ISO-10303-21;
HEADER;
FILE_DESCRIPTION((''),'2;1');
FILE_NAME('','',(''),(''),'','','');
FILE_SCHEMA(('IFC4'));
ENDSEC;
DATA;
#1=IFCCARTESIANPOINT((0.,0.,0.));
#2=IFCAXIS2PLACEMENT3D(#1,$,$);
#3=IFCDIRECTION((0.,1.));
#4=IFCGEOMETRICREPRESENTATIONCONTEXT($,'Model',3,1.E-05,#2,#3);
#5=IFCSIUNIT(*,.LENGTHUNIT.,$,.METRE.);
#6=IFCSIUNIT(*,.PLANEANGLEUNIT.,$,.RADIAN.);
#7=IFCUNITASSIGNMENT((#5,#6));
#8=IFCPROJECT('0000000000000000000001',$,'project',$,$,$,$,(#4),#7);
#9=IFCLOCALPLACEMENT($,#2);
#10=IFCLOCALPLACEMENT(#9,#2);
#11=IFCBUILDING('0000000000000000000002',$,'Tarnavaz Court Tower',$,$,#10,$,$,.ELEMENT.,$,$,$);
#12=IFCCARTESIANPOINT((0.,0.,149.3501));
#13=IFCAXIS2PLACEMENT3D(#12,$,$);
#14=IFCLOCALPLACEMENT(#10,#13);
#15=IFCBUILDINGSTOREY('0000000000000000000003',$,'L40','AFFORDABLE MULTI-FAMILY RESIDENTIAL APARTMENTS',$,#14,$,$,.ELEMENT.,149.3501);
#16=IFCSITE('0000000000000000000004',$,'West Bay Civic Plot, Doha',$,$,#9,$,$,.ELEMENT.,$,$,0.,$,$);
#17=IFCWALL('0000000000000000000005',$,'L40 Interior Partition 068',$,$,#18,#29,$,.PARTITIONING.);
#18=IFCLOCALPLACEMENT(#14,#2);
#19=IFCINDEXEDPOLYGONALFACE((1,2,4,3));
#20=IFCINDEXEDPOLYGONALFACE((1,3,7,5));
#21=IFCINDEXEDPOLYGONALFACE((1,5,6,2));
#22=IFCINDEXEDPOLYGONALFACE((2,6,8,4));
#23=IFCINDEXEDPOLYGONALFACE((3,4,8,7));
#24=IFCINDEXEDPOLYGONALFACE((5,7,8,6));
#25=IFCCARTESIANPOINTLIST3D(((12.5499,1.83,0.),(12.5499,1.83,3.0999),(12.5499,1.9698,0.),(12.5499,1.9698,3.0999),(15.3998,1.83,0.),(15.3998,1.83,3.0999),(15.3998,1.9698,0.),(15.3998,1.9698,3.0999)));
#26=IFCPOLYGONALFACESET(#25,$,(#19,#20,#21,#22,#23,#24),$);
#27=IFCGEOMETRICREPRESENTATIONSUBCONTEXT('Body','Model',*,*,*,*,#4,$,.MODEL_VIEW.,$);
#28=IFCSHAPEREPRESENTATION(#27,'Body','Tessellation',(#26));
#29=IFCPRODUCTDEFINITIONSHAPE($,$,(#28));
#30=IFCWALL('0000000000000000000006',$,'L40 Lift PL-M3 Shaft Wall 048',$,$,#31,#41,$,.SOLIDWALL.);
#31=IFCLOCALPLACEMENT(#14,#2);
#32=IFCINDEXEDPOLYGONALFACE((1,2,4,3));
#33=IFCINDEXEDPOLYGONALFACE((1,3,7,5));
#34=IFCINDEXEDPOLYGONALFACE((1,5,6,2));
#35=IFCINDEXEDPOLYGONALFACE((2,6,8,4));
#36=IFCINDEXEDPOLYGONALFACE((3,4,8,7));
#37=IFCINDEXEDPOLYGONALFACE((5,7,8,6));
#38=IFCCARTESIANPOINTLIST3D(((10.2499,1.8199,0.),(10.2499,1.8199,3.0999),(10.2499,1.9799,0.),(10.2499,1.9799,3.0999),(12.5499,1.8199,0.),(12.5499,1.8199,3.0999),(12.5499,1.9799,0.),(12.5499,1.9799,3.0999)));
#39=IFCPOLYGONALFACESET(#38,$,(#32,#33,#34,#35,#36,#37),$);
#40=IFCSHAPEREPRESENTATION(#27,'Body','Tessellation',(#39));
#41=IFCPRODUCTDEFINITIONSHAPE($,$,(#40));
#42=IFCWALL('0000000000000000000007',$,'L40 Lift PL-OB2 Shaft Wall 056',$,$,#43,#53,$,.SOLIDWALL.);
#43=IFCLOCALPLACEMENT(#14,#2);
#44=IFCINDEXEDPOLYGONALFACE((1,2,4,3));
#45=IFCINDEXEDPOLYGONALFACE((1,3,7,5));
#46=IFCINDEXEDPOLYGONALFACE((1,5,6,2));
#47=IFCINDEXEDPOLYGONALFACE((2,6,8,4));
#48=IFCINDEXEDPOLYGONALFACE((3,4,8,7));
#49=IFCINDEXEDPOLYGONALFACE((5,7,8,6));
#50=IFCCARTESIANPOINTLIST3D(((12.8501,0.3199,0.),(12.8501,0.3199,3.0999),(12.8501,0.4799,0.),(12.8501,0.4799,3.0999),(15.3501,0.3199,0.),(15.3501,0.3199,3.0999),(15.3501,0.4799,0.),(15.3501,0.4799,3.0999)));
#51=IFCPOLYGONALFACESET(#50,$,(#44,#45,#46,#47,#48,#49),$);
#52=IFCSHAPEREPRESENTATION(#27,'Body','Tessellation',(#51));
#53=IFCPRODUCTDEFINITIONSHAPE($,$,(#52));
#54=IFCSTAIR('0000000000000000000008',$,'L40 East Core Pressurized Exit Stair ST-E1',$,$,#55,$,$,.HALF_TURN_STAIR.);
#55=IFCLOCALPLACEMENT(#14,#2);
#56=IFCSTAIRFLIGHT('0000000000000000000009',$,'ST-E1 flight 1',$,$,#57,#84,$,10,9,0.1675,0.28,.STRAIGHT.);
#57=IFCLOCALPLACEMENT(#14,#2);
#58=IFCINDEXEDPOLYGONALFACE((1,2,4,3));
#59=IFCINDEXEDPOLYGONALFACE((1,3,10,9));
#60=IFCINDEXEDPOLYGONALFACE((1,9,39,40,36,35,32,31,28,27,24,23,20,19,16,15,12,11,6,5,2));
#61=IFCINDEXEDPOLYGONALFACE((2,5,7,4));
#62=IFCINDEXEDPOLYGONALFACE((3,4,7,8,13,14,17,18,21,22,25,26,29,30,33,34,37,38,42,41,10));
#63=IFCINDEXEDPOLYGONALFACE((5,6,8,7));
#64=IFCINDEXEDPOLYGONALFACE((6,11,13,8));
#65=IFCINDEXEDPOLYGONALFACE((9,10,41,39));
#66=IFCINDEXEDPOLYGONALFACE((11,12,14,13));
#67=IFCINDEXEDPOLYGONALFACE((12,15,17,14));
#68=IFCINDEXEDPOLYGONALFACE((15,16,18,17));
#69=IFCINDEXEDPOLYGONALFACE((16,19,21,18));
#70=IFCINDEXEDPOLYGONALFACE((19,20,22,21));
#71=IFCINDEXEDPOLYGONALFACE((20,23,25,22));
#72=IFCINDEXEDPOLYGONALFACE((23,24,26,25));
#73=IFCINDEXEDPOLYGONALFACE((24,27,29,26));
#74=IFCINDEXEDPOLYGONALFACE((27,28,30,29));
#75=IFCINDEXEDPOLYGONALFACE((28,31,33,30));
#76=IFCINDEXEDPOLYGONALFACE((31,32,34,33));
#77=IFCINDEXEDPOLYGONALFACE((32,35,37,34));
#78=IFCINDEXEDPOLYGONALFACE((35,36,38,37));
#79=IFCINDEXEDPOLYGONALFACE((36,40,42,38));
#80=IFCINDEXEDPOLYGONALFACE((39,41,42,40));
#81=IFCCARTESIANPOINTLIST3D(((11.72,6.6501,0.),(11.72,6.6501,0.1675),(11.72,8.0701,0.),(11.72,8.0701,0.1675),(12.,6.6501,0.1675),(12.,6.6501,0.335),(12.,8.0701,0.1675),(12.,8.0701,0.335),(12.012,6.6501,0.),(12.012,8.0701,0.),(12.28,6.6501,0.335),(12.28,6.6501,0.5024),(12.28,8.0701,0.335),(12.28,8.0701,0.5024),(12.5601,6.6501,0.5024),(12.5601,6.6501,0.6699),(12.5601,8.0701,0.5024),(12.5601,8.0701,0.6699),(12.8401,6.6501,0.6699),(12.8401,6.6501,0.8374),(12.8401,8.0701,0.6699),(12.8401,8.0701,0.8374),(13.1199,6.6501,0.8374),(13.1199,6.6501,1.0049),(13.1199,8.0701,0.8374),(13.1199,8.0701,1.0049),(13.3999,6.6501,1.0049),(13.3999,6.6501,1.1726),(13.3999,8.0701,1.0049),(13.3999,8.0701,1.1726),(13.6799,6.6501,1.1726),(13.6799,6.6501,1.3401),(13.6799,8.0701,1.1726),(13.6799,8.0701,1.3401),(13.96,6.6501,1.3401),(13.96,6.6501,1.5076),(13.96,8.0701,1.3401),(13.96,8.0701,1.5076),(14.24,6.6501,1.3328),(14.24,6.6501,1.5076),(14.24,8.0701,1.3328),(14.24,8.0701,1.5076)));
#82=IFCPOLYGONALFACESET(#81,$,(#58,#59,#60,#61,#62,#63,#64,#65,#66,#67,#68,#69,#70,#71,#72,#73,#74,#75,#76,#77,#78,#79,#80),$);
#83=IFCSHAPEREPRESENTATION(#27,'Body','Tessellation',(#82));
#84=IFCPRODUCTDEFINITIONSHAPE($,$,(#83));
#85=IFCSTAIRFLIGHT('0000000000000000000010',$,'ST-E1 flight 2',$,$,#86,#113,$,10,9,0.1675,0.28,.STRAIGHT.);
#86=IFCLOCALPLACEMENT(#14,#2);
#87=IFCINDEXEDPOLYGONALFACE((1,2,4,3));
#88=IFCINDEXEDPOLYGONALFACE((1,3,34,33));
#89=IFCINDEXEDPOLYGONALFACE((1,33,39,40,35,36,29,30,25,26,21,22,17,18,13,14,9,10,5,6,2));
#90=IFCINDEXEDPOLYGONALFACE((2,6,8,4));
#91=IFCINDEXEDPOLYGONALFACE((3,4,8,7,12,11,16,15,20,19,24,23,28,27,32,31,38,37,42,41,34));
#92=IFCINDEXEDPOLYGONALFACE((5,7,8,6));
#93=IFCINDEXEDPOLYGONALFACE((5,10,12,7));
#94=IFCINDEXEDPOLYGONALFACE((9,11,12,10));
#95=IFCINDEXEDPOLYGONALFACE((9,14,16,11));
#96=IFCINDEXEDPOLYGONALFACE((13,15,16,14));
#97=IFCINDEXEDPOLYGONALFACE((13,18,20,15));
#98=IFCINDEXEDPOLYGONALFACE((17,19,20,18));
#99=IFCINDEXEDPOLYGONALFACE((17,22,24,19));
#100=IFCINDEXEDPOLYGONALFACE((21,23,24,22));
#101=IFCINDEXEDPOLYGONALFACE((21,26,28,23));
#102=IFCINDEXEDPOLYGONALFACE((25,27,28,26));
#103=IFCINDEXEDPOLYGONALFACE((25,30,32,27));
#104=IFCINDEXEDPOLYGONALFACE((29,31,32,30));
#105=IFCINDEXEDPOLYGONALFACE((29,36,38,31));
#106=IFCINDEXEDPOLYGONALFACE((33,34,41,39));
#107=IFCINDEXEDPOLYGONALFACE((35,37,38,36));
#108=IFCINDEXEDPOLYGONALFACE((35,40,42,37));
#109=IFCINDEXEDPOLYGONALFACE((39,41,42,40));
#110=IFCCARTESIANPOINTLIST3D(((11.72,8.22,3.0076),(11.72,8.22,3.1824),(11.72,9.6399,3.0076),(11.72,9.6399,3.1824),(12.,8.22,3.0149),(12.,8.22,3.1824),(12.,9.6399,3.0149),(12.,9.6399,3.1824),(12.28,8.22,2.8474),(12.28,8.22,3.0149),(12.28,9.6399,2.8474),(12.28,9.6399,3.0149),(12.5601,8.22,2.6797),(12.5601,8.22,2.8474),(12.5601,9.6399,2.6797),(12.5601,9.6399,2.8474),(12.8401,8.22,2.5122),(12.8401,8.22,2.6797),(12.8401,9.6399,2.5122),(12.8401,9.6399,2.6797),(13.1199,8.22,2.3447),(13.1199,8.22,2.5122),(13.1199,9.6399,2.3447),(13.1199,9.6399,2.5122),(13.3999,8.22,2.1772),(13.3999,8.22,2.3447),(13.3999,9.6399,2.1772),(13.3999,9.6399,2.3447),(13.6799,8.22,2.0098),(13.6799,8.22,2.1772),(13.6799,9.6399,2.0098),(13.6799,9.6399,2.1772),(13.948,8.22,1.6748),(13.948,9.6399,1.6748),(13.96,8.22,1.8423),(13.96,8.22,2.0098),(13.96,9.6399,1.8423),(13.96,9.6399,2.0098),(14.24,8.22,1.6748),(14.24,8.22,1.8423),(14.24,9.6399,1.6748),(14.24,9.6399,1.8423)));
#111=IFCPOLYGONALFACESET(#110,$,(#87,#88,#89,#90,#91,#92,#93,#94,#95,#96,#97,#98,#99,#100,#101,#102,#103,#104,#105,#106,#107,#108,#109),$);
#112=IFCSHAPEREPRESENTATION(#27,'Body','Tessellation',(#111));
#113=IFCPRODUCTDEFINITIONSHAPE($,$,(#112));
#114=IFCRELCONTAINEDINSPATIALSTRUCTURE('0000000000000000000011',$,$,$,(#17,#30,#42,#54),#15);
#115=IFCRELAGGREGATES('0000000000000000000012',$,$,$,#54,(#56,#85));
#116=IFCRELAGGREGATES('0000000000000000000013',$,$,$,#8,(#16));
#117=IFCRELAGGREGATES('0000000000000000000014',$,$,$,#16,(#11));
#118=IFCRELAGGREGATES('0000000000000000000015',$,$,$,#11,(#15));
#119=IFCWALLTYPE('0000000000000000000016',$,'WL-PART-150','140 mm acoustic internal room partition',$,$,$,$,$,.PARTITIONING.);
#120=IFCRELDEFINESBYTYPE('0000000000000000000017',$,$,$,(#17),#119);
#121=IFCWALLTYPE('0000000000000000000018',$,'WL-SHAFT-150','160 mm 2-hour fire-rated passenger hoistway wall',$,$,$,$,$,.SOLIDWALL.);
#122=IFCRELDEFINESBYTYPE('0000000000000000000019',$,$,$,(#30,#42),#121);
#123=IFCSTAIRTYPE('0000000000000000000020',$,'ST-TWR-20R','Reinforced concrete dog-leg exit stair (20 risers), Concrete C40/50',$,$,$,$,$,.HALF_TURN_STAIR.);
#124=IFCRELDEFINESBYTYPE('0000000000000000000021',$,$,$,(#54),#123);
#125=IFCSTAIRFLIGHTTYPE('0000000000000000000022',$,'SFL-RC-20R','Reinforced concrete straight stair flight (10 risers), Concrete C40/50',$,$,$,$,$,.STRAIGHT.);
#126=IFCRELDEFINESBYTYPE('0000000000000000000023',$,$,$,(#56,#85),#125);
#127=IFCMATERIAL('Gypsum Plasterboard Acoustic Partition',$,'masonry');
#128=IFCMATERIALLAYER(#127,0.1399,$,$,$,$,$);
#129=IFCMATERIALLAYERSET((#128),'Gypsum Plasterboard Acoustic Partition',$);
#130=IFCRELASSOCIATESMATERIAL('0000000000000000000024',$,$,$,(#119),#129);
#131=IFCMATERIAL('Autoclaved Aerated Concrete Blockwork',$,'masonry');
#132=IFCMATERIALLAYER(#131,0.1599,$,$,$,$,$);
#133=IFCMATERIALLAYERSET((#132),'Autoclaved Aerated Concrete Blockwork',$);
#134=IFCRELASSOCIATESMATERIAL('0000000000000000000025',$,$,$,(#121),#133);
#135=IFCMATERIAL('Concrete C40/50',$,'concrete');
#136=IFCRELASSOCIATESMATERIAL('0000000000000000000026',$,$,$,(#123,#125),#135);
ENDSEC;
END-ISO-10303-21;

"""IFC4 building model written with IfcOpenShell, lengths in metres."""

from ifc_helpers import new_model, si_unit, direction, frame, frame_2d, origin, place, context, subcontext, project, spatial, polyline, rectangle, outline, extrude, material, layer, layer_set, type_object, element, aggregate, save


model = new_model("IFC4")

# Units and contexts
model_context = context("Model", 3, precision=1e-05, world=origin(), true_north=direction((0.0, 1.0)))
body_context = subcontext(model_context, "Body", "Model", "MODEL_VIEW")
ifc_project = project(units=[si_unit("LENGTHUNIT", "METRE"), si_unit("PLANEANGLEUNIT", "RADIAN")], contexts=[model_context])

# Site, building, storey
site_placement = place(None, origin())
site = spatial("IfcSite", under=ifc_project, at=site_placement, Name="West Bay Civic Plot, Doha", CompositionType="ELEMENT", RefElevation=0.0)
building_placement = place(site_placement, origin())
building = spatial("IfcBuilding", under=site, at=building_placement, Name="Tarnavaz Court Tower", CompositionType="ELEMENT")
storey_placement = place(building_placement, frame((0.0, 0.0, 149.3501)))
storey = spatial("IfcBuildingStorey", under=building, at=storey_placement, Name="L40", Description="AFFORDABLE MULTI-FAMILY RESIDENTIAL APARTMENTS", CompositionType="ELEMENT", Elevation=149.3501)

# Shared definitions
ifc_material_1 = material(Name="Autoclaved Aerated Concrete Blockwork", Category="masonry")

# Walls
ifc_material_2 = material(Name="Gypsum Plasterboard Acoustic Partition", Category="masonry")
ifc_layer_1 = layer(ifc_material_2, 0.1399)
ifc_layer_set_1 = layer_set([ifc_layer_1], Name="Gypsum Plasterboard Acoustic Partition")
wall_type_1 = type_object("IfcWallType", Name="WL-PART-150", Description="140 mm acoustic internal room partition", PredefinedType="PARTITIONING", material=ifc_layer_set_1)
wall_1_placement = place(storey_placement, frame((12.55, 1.8999, 0.0), z_axis=(0.0, 0.0, 1.0), x_axis=(1.0, 0.0, 0.0)))
element("IfcWall", 1, at=wall_1_placement, inside=storey, type_object=wall_type_1, Name="L40 Interior Partition 068", PredefinedType="PARTITIONING", context=body_context, shape_type="SweptSolid", body=[
    extrude(rectangle(XDim=2.8499, YDim=0.1399, at=frame_2d((1.4248, 0.0))), origin(), (0.0, 0.0, 1.0), 3.0999),
])
ifc_layer_2 = layer(ifc_material_1, 0.1599)
ifc_layer_set_2 = layer_set([ifc_layer_2], Name="Autoclaved Aerated Concrete Blockwork")
wall_type_2 = type_object("IfcWallType", Name="WL-SHAFT-150", Description="160 mm 2-hour fire-rated passenger hoistway wall", PredefinedType="SOLIDWALL", material=ifc_layer_set_2)
wall_2_placement = place(storey_placement, frame((10.25, 1.8999, 0.0), z_axis=(0.0, 0.0, 1.0), x_axis=(1.0, 0.0, 0.0)))
element("IfcWall", 2, at=wall_2_placement, inside=storey, type_object=wall_type_2, Name="L40 Lift PL-M3 Shaft Wall 048", PredefinedType="SOLIDWALL", context=body_context, shape_type="SweptSolid", body=[
    extrude(rectangle(XDim=2.3, YDim=0.1599, at=frame_2d((1.1499, 0.0))), origin(), (0.0, 0.0, 1.0), 3.0999),
])
wall_3_placement = place(storey_placement, frame((12.8501, 0.3999, 0.0), z_axis=(0.0, 0.0, 1.0), x_axis=(1.0, 0.0, 0.0)))
element("IfcWall", 3, at=wall_3_placement, inside=storey, type_object=wall_type_2, Name="L40 Lift PL-OB2 Shaft Wall 056", PredefinedType="SOLIDWALL", context=body_context, shape_type="SweptSolid", body=[
    extrude(rectangle(XDim=2.5, YDim=0.1599, at=frame_2d((1.25, 0.0))), origin(), (0.0, 0.0, 1.0), 3.0999),
])

# Stair, stair flights
ifc_material_3 = material(Name="Concrete C40/50", Category="concrete")
stair_type = type_object("IfcStairType", Name="ST-TWR-20R", Description="Reinforced concrete dog-leg exit stair (20 risers), Concrete C40/50", PredefinedType="HALF_TURN_STAIR", material=ifc_material_3)
stair_placement = place(storey_placement, origin())
stair = element("IfcStair", 4, at=stair_placement, inside=storey, type_object=stair_type, Name="L40 East Core Pressurized Exit Stair ST-E1", PredefinedType="HALF_TURN_STAIR")
stair_flight_type = type_object("IfcStairFlightType", Name="SFL-RC-20R", Description="Reinforced concrete straight stair flight (10 risers), Concrete C40/50", PredefinedType="STRAIGHT", material=ifc_material_3)
stair_flight_1_placement = place(storey_placement, frame((11.72, 7.3601, 0.0), z_axis=(0.0, 0.0, 1.0), x_axis=(1.0, 0.0, 0.0)))
stair_flight_1 = element("IfcStairFlight", 5, at=stair_flight_1_placement, type_object=stair_flight_type, Name="ST-E1 flight 1", NumberOfRisers=10, NumberOfTreads=9, PredefinedType="STRAIGHT", RiserHeight=0.1675, TreadLength=0.28, context=body_context, shape_type="SweptSolid", body=[
    extrude(outline(polyline([(0.0, 0.0), (0.0, 0.1675), (0.28, 0.1675), (0.28, 0.335), (0.5601, 0.335), (0.5601, 0.5024), (0.8401, 0.5024), (0.8401, 0.6699), (1.1201, 0.6699), (1.1201, 0.8374), (1.3999, 0.8374), (1.3999, 1.0049), (1.6799, 1.0049), (1.6799, 1.1726), (1.96, 1.1726), (1.96, 1.3401), (2.24, 1.3401), (2.24, 1.5076), (2.52, 1.5076), (2.52, 1.675), (2.52, 1.3328), (0.292, 0.0), (0.0, 0.0)])), frame((0.0, 0.71, 0.0), z_axis=(0.0, -1.0, 0.0), x_axis=(1.0, 0.0, 0.0)), (0.0, 0.0, 1.0), 1.4199),
])
stair_flight_2_placement = place(storey_placement, frame((14.24, 8.9299, 1.6748), z_axis=(0.0, 0.0, 1.0), x_axis=(-1.0, 0.0, 0.0)))
stair_flight_2 = element("IfcStairFlight", 6, at=stair_flight_2_placement, type_object=stair_flight_type, Name="ST-E1 flight 2", NumberOfRisers=10, NumberOfTreads=9, PredefinedType="STRAIGHT", RiserHeight=0.1675, TreadLength=0.28, context=body_context, shape_type="SweptSolid", body=[
    extrude(outline(polyline([(0.0, 0.0), (0.0, 0.1675), (0.28, 0.1675), (0.28, 0.335), (0.5601, 0.335), (0.5601, 0.5024), (0.8401, 0.5024), (0.8401, 0.6699), (1.1201, 0.6699), (1.1201, 0.8374), (1.3999, 0.8374), (1.3999, 1.0049), (1.6799, 1.0049), (1.6799, 1.1726), (1.96, 1.1726), (1.96, 1.3401), (2.24, 1.3401), (2.24, 1.5076), (2.52, 1.5076), (2.52, 1.675), (2.52, 1.3328), (0.292, 0.0), (0.0, 0.0)])), frame((0.0, 0.71, 0.0), z_axis=(0.0, -1.0, 0.0), x_axis=(1.0, 0.0, 0.0)), (0.0, 0.0, 1.0), 1.4199),
])
aggregate(stair, [stair_flight_1, stair_flight_2])

save(model, "model.ifc")
